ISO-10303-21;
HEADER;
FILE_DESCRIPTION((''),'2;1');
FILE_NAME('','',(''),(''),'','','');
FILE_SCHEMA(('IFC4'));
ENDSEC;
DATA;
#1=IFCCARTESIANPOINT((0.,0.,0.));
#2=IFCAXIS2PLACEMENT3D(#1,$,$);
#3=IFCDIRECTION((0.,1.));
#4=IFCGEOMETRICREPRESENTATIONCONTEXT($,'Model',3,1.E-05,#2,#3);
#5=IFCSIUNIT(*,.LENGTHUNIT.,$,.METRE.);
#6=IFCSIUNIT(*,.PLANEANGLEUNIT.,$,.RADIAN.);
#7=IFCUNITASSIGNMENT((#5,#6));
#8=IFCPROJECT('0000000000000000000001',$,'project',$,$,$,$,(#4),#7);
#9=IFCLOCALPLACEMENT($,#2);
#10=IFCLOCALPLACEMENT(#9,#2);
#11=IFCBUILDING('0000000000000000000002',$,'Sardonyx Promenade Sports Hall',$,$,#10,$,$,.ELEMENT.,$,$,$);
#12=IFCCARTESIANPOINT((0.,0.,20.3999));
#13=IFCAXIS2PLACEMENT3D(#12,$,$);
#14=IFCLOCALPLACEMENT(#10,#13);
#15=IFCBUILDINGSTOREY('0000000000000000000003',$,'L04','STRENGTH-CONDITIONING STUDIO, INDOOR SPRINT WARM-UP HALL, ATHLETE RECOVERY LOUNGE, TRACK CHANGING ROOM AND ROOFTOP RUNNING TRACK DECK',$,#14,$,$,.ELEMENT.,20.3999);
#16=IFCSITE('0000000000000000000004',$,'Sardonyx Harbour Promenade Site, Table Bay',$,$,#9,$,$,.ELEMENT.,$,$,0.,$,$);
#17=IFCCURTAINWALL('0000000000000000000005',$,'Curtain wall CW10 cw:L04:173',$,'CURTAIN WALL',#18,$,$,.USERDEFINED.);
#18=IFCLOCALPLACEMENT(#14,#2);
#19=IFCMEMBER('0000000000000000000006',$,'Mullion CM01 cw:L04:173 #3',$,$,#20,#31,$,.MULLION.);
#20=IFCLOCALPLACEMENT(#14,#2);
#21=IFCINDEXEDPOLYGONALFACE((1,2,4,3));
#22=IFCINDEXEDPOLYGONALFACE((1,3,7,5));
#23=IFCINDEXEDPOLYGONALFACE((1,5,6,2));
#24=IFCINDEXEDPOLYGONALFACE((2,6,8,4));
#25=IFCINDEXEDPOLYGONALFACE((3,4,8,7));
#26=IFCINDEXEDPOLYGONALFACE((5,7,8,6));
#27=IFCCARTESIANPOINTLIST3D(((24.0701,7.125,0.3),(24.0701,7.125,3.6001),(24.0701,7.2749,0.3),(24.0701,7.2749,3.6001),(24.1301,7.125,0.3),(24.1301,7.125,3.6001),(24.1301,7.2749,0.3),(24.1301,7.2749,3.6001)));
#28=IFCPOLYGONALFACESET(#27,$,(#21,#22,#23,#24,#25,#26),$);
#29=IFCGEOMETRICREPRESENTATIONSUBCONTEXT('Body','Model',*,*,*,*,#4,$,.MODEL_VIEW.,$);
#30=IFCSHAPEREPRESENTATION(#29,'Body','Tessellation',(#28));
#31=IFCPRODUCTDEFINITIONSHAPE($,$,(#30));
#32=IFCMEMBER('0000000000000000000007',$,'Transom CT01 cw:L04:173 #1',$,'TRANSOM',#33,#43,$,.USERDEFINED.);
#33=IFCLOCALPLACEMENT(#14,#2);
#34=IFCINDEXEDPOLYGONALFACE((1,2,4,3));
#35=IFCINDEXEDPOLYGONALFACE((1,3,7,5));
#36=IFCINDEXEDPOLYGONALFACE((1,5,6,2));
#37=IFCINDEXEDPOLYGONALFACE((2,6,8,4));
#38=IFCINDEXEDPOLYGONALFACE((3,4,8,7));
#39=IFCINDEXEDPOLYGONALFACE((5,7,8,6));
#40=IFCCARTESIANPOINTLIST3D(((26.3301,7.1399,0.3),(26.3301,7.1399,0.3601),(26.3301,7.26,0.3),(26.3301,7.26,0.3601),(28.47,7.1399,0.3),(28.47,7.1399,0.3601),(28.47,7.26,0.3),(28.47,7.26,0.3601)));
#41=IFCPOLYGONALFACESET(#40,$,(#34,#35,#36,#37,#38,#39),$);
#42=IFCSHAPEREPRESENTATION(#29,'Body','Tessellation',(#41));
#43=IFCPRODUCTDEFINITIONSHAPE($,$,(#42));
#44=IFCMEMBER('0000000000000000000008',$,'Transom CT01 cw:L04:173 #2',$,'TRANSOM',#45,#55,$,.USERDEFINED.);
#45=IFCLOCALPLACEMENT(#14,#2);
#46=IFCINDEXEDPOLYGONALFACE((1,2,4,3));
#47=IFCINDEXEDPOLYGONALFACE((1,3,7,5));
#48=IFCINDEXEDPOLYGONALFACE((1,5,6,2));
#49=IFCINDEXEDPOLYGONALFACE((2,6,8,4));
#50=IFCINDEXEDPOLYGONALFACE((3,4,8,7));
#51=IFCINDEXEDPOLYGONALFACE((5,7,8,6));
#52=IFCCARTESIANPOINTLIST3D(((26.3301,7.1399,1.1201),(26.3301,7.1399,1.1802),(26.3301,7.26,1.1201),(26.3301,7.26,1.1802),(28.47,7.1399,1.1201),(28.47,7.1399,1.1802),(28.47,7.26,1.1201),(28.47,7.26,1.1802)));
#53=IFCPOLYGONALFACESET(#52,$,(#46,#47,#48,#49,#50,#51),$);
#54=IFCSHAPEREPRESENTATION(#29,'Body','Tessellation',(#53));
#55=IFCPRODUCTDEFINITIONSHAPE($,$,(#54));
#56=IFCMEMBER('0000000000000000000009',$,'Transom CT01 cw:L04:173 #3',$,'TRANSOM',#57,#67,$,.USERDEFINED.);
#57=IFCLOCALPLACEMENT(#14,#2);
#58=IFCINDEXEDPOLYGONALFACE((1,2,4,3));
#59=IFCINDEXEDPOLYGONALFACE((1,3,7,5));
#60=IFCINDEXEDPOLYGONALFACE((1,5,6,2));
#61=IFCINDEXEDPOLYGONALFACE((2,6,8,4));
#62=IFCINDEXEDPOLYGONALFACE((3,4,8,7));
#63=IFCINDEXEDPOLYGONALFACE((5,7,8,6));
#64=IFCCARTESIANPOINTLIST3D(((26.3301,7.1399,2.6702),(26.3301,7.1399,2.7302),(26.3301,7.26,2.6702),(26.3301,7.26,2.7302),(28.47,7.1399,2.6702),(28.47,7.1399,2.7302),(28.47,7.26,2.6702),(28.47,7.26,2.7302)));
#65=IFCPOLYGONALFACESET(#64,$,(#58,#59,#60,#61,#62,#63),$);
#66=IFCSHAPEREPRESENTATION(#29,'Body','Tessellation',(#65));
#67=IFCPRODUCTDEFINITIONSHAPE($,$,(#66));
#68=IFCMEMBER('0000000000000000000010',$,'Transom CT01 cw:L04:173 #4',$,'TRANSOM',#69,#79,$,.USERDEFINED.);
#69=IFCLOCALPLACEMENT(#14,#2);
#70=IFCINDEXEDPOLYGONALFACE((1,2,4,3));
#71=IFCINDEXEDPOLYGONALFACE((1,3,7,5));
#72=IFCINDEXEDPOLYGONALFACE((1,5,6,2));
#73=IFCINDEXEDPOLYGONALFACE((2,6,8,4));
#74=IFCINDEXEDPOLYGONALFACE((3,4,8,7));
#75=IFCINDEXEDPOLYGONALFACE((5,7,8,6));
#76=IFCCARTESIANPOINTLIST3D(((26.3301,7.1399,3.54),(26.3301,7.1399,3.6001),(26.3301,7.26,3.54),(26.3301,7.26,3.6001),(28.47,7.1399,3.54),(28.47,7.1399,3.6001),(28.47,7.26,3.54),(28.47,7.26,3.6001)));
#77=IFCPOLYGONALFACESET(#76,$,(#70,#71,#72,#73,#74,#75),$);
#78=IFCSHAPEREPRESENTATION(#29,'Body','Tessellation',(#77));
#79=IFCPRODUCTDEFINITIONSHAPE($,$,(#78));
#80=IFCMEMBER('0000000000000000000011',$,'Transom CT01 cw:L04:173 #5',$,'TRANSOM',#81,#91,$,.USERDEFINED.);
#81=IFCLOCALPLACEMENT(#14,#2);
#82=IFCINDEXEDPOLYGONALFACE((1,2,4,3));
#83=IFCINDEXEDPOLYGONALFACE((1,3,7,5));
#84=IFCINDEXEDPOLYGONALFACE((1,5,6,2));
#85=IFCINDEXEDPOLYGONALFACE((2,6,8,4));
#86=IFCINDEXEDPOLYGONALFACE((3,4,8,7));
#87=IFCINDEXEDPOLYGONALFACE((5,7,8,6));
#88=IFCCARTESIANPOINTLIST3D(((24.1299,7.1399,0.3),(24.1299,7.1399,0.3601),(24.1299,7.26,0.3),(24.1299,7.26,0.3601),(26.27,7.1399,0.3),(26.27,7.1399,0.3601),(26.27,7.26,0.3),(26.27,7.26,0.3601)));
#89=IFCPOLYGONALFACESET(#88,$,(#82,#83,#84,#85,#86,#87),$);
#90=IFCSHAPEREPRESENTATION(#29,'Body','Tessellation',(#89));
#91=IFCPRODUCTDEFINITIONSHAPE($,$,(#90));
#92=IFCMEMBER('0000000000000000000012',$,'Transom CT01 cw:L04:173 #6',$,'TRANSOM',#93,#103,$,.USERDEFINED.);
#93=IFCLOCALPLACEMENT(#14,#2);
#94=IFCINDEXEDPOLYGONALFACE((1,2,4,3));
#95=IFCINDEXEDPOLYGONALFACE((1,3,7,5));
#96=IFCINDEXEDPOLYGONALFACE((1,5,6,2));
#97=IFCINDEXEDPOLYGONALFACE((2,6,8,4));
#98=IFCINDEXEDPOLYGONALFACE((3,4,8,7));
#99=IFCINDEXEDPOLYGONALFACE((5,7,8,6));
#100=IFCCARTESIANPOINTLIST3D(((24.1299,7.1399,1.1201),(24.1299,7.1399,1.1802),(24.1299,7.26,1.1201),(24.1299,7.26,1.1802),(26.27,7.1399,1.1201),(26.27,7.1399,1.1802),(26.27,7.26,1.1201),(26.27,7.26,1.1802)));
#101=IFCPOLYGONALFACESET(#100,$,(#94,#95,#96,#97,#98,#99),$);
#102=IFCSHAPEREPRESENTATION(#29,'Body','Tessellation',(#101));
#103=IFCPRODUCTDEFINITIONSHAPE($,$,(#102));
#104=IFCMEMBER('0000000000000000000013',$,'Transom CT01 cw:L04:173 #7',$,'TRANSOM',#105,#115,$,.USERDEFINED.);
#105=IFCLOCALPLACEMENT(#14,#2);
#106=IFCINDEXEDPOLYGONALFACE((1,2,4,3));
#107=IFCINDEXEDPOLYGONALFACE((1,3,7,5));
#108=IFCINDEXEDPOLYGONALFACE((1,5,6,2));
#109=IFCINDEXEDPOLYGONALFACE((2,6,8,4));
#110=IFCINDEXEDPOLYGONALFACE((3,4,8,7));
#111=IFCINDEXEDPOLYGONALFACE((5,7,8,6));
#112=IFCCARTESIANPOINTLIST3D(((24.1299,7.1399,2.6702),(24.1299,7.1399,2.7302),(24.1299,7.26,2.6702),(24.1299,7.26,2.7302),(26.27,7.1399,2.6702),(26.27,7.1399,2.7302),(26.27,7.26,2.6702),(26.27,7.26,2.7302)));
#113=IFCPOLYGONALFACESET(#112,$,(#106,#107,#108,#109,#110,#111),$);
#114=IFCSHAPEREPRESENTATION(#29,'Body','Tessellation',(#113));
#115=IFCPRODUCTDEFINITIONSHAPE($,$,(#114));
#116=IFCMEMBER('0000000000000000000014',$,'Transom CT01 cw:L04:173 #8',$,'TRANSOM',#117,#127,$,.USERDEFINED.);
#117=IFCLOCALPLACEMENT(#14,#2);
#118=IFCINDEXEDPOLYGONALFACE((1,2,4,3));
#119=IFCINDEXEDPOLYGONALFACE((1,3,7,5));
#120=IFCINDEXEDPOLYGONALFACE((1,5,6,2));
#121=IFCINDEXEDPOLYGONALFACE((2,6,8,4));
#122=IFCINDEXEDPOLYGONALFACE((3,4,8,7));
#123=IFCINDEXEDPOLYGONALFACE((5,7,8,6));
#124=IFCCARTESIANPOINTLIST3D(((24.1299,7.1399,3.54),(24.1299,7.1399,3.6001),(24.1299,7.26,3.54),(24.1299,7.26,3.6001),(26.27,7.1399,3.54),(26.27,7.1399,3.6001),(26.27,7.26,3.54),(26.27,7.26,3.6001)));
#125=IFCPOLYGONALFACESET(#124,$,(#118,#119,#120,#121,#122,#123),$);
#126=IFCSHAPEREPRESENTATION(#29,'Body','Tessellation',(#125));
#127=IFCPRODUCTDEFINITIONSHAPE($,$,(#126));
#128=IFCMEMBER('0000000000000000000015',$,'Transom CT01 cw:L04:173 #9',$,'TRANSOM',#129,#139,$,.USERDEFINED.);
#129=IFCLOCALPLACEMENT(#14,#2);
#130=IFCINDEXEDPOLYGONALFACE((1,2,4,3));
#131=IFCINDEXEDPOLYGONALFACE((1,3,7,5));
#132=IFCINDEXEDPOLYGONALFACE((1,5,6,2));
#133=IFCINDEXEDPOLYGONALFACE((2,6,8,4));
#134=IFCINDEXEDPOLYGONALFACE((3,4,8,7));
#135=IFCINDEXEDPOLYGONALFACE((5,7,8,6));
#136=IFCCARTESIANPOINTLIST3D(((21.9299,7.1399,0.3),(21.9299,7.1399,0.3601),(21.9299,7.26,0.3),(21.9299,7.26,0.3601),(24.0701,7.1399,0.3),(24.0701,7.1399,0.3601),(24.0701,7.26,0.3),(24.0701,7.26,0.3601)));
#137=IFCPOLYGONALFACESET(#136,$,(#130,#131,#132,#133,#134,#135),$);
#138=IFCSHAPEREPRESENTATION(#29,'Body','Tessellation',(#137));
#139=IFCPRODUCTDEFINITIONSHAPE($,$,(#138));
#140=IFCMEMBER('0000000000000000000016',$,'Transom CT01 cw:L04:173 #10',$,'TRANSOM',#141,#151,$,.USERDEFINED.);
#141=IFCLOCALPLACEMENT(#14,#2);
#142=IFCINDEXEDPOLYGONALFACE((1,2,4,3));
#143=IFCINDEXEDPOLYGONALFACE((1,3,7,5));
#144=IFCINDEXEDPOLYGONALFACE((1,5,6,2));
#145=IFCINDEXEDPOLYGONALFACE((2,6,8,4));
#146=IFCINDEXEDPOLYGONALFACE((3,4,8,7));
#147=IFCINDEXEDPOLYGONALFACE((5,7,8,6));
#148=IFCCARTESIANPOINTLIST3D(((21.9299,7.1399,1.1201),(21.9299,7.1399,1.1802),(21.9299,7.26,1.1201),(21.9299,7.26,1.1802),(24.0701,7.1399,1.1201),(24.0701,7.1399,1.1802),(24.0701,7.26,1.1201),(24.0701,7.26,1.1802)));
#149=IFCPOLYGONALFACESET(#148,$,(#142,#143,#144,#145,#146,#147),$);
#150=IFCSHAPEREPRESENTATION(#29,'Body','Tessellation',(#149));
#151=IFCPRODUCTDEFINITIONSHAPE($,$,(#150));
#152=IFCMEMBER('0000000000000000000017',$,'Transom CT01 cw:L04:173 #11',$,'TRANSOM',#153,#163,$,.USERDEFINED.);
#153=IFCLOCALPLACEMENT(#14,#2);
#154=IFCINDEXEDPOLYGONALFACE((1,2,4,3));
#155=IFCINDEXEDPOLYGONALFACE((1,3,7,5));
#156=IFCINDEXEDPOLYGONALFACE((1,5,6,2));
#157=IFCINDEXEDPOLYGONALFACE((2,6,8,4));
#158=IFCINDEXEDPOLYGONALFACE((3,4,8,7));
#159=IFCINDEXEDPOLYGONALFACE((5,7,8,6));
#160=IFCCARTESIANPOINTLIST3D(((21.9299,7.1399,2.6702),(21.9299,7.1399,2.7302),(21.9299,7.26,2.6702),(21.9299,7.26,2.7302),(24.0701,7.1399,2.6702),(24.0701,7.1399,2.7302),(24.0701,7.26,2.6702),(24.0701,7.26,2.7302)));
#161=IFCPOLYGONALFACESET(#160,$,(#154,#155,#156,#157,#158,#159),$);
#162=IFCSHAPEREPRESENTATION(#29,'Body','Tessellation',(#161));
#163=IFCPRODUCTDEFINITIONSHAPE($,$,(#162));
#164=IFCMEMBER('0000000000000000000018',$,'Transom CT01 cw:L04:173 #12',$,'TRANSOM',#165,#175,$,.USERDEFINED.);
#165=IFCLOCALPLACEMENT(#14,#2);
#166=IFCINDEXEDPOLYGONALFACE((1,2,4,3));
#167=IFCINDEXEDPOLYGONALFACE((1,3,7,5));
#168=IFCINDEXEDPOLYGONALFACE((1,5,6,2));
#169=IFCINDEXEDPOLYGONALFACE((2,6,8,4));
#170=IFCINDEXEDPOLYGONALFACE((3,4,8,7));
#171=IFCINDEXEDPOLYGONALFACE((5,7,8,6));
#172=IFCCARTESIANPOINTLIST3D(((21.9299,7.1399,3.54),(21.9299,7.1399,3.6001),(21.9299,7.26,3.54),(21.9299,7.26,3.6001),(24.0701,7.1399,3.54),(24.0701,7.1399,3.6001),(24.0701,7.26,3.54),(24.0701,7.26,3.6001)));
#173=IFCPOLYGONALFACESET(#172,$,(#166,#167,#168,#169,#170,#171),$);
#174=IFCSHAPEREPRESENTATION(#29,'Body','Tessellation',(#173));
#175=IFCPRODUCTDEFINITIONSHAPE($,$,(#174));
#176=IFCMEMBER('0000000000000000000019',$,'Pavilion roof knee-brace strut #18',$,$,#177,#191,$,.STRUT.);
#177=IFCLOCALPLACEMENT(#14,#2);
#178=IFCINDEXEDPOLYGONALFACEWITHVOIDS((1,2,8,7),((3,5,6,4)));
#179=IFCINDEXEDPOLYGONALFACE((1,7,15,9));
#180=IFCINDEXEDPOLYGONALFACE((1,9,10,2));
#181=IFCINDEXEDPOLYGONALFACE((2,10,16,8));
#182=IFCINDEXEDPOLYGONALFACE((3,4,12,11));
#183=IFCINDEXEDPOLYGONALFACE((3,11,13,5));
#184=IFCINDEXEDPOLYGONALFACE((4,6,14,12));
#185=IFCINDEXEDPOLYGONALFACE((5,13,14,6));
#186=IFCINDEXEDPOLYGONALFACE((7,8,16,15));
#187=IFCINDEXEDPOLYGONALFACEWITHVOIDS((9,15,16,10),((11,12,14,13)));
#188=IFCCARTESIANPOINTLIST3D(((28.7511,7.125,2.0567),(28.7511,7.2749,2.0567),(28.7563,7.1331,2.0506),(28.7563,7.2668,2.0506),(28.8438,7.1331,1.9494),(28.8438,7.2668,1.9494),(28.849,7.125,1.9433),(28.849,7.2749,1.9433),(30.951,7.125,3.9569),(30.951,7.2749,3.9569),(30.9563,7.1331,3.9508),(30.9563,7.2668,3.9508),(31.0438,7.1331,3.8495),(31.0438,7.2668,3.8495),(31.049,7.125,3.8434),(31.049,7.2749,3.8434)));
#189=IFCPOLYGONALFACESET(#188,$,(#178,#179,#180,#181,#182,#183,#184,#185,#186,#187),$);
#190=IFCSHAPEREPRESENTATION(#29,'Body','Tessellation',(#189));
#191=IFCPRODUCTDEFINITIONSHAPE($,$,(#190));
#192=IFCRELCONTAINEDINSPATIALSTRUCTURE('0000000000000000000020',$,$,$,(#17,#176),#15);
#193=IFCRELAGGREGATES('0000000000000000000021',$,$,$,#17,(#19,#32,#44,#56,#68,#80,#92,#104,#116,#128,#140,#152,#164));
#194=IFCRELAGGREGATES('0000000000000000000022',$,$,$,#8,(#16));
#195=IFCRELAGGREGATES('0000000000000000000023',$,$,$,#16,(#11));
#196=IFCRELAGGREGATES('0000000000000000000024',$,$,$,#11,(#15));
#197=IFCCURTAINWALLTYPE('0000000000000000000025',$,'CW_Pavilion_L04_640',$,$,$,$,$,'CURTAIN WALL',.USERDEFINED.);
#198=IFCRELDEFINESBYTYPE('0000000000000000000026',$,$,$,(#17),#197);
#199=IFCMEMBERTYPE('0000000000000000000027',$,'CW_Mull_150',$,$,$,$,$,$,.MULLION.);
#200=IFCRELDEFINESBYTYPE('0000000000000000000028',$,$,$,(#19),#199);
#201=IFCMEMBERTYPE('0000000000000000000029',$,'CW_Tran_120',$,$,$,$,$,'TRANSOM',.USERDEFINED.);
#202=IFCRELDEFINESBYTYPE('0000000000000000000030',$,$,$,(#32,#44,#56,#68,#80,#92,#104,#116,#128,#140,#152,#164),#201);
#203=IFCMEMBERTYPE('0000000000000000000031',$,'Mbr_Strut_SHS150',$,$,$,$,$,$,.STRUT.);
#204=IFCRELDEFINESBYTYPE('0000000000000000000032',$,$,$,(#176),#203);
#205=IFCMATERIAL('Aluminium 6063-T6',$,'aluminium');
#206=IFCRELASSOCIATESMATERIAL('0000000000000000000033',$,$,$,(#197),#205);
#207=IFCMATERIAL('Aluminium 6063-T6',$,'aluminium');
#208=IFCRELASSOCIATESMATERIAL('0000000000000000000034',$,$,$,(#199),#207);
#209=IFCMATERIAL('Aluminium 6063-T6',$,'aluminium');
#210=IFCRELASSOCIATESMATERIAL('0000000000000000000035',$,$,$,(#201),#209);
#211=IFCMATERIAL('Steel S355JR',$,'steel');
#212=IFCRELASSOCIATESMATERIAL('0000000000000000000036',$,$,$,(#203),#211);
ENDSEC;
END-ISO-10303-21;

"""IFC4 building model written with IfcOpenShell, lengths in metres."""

from ifc_helpers import new_model, si_unit, direction, frame, origin, origin_2d, place, context, subcontext, project, spatial, rectangle, hollow_rectangle, extrude, material, material_profile, profile_set, type_object, element, aggregate, save


model = new_model("IFC4")

# Units and contexts
model_context = context("Model", 3, precision=1e-05, world=origin(), true_north=direction((0.0, 1.0)))
body_context = subcontext(model_context, "Body", "Model", "MODEL_VIEW")
ifc_project = project(units=[si_unit("LENGTHUNIT", "METRE"), si_unit("PLANEANGLEUNIT", "RADIAN")], contexts=[model_context])

# Site, building, storey
site_placement = place(None, origin())
site = spatial("IfcSite", under=ifc_project, at=site_placement, Name="Sardonyx Harbour Promenade Site, Table Bay", CompositionType="ELEMENT", RefElevation=0.0)
building_placement = place(site_placement, origin())
building = spatial("IfcBuilding", under=site, at=building_placement, Name="Sardonyx Promenade Sports Hall", CompositionType="ELEMENT")
storey_placement = place(building_placement, frame((0.0, 0.0, 20.3999)))
storey = spatial("IfcBuildingStorey", under=building, at=storey_placement, Name="L04", Description="STRENGTH-CONDITIONING STUDIO, INDOOR SPRINT WARM-UP HALL, ATHLETE RECOVERY LOUNGE, TRACK CHANGING ROOM AND ROOFTOP RUNNING TRACK DECK", CompositionType="ELEMENT", Elevation=20.3999)

# Curtain wall, members
ifc_material_1 = material(Name="Aluminium 6063-T6", Category="aluminium")
curtain_wall_type = type_object("IfcCurtainWallType", Name="CW_Pavilion_L04_640", ElementType="CURTAIN WALL", PredefinedType="USERDEFINED", material=ifc_material_1)
curtain_wall_placement = place(storey_placement, origin())
curtain_wall = element("IfcCurtainWall", 1, at=curtain_wall_placement, inside=storey, type_object=curtain_wall_type, Name="Curtain wall CW10 cw:L04:173", ObjectType="CURTAIN WALL", PredefinedType="USERDEFINED")
ifc_material_2 = material(Name="Aluminium 6063-T6", Category="aluminium")
ifc_material_profile_1 = material_profile(ifc_material_2, rectangle(XDim=0.0601, YDim=0.1499, at=origin_2d()))
ifc_profile_set_1 = profile_set([ifc_material_profile_1], Name="Aluminium 6063-T6")
member_type_1 = type_object("IfcMemberType", Name="CW_Mull_150", PredefinedType="MULLION", material=ifc_profile_set_1)
member_1_placement = place(storey_placement, frame((24.1001, 7.2, 0.3), z_axis=(0.0, 0.0, 1.0), x_axis=(-1.0, 0.0, 0.0)))
member_1 = element("IfcMember", 2, at=member_1_placement, type_object=member_type_1, Name="Mullion CM01 cw:L04:173 #3", PredefinedType="MULLION", context=body_context, shape_type="SweptSolid", body=[
    extrude(rectangle(XDim=0.0601, YDim=0.1499, at=origin_2d()), origin(), (0.0, 0.0, 1.0), 3.3),
])
ifc_material_3 = material(Name="Aluminium 6063-T6", Category="aluminium")
ifc_material_profile_2 = material_profile(ifc_material_3, rectangle(XDim=0.0601, YDim=0.1201, at=origin_2d()))
ifc_profile_set_2 = profile_set([ifc_material_profile_2], Name="Aluminium 6063-T6")
member_type_2 = type_object("IfcMemberType", Name="CW_Tran_120", ElementType="TRANSOM", PredefinedType="USERDEFINED", material=ifc_profile_set_2)
member_2_placement = place(storey_placement, frame((28.47, 7.2, 0.3301), z_axis=(-1.0, 0.0, 0.0), x_axis=(0.0, 0.0, 1.0)))
member_2 = element("IfcMember", 3, at=member_2_placement, type_object=member_type_2, Name="Transom CT01 cw:L04:173 #1", ObjectType="TRANSOM", PredefinedType="USERDEFINED", context=body_context, shape_type="SweptSolid", body=[
    extrude(rectangle(XDim=0.0601, YDim=0.1201, at=origin_2d()), origin(), (0.0, 0.0, 1.0), 2.1399),
])
member_3_placement = place(storey_placement, frame((28.47, 7.2, 1.1501), z_axis=(-1.0, 0.0, 0.0), x_axis=(0.0, 0.0, 1.0)))
member_3 = element("IfcMember", 4, at=member_3_placement, type_object=member_type_2, Name="Transom CT01 cw:L04:173 #2", ObjectType="TRANSOM", PredefinedType="USERDEFINED", context=body_context, shape_type="SweptSolid", body=[
    extrude(rectangle(XDim=0.0601, YDim=0.1201, at=origin_2d()), origin(), (0.0, 0.0, 1.0), 2.1399),
])
member_4_placement = place(storey_placement, frame((28.47, 7.2, 2.7002), z_axis=(-1.0, 0.0, 0.0), x_axis=(0.0, 0.0, 1.0)))
member_4 = element("IfcMember", 5, at=member_4_placement, type_object=member_type_2, Name="Transom CT01 cw:L04:173 #3", ObjectType="TRANSOM", PredefinedType="USERDEFINED", context=body_context, shape_type="SweptSolid", body=[
    extrude(rectangle(XDim=0.0601, YDim=0.1201, at=origin_2d()), origin(), (0.0, 0.0, 1.0), 2.1399),
])
member_5_placement = place(storey_placement, frame((28.47, 7.2, 3.5701), z_axis=(-1.0, 0.0, 0.0), x_axis=(0.0, 0.0, 1.0)))
member_5 = element("IfcMember", 6, at=member_5_placement, type_object=member_type_2, Name="Transom CT01 cw:L04:173 #4", ObjectType="TRANSOM", PredefinedType="USERDEFINED", context=body_context, shape_type="SweptSolid", body=[
    extrude(rectangle(XDim=0.0601, YDim=0.1201, at=origin_2d()), origin(), (0.0, 0.0, 1.0), 2.1399),
])
member_6_placement = place(storey_placement, frame((26.27, 7.2, 0.3301), z_axis=(-1.0, 0.0, 0.0), x_axis=(0.0, 0.0, 1.0)))
member_6 = element("IfcMember", 7, at=member_6_placement, type_object=member_type_2, Name="Transom CT01 cw:L04:173 #5", ObjectType="TRANSOM", PredefinedType="USERDEFINED", context=body_context, shape_type="SweptSolid", body=[
    extrude(rectangle(XDim=0.0601, YDim=0.1201, at=origin_2d()), origin(), (0.0, 0.0, 1.0), 2.1401),
])
member_7_placement = place(storey_placement, frame((26.27, 7.2, 1.1501), z_axis=(-1.0, 0.0, 0.0), x_axis=(0.0, 0.0, 1.0)))
member_7 = element("IfcMember", 8, at=member_7_placement, type_object=member_type_2, Name="Transom CT01 cw:L04:173 #6", ObjectType="TRANSOM", PredefinedType="USERDEFINED", context=body_context, shape_type="SweptSolid", body=[
    extrude(rectangle(XDim=0.0601, YDim=0.1201, at=origin_2d()), origin(), (0.0, 0.0, 1.0), 2.1401),
])
member_8_placement = place(storey_placement, frame((26.27, 7.2, 2.7002), z_axis=(-1.0, 0.0, 0.0), x_axis=(0.0, 0.0, 1.0)))
member_8 = element("IfcMember", 9, at=member_8_placement, type_object=member_type_2, Name="Transom CT01 cw:L04:173 #7", ObjectType="TRANSOM", PredefinedType="USERDEFINED", context=body_context, shape_type="SweptSolid", body=[
    extrude(rectangle(XDim=0.0601, YDim=0.1201, at=origin_2d()), origin(), (0.0, 0.0, 1.0), 2.1401),
])
member_9_placement = place(storey_placement, frame((26.27, 7.2, 3.5701), z_axis=(-1.0, 0.0, 0.0), x_axis=(0.0, 0.0, 1.0)))
member_9 = element("IfcMember", 10, at=member_9_placement, type_object=member_type_2, Name="Transom CT01 cw:L04:173 #8", ObjectType="TRANSOM", PredefinedType="USERDEFINED", context=body_context, shape_type="SweptSolid", body=[
    extrude(rectangle(XDim=0.0601, YDim=0.1201, at=origin_2d()), origin(), (0.0, 0.0, 1.0), 2.1401),
])
member_10_placement = place(storey_placement, frame((24.0701, 7.2, 0.3301), z_axis=(-1.0, 0.0, 0.0), x_axis=(0.0, 0.0, 1.0)))
member_10 = element("IfcMember", 11, at=member_10_placement, type_object=member_type_2, Name="Transom CT01 cw:L04:173 #9", ObjectType="TRANSOM", PredefinedType="USERDEFINED", context=body_context, shape_type="SweptSolid", body=[
    extrude(rectangle(XDim=0.0601, YDim=0.1201, at=origin_2d()), origin(), (0.0, 0.0, 1.0), 2.1401),
])
member_11_placement = place(storey_placement, frame((24.0701, 7.2, 1.1501), z_axis=(-1.0, 0.0, 0.0), x_axis=(0.0, 0.0, 1.0)))
member_11 = element("IfcMember", 12, at=member_11_placement, type_object=member_type_2, Name="Transom CT01 cw:L04:173 #10", ObjectType="TRANSOM", PredefinedType="USERDEFINED", context=body_context, shape_type="SweptSolid", body=[
    extrude(rectangle(XDim=0.0601, YDim=0.1201, at=origin_2d()), origin(), (0.0, 0.0, 1.0), 2.1401),
])
member_12_placement = place(storey_placement, frame((24.0701, 7.2, 2.7002), z_axis=(-1.0, 0.0, 0.0), x_axis=(0.0, 0.0, 1.0)))
member_12 = element("IfcMember", 13, at=member_12_placement, type_object=member_type_2, Name="Transom CT01 cw:L04:173 #11", ObjectType="TRANSOM", PredefinedType="USERDEFINED", context=body_context, shape_type="SweptSolid", body=[
    extrude(rectangle(XDim=0.0601, YDim=0.1201, at=origin_2d()), origin(), (0.0, 0.0, 1.0), 2.1401),
])
member_13_placement = place(storey_placement, frame((24.0701, 7.2, 3.5701), z_axis=(-1.0, 0.0, 0.0), x_axis=(0.0, 0.0, 1.0)))
member_13 = element("IfcMember", 14, at=member_13_placement, type_object=member_type_2, Name="Transom CT01 cw:L04:173 #12", ObjectType="TRANSOM", PredefinedType="USERDEFINED", context=body_context, shape_type="SweptSolid", body=[
    extrude(rectangle(XDim=0.0601, YDim=0.1201, at=origin_2d()), origin(), (0.0, 0.0, 1.0), 2.1401),
])

# Member
ifc_material_4 = material(Name="Steel S355JR", Category="steel")
ifc_material_profile_3 = material_profile(ifc_material_4, hollow_rectangle(XDim=0.1499, YDim=0.1499, WallThickness=0.0081, at=origin_2d()))
ifc_profile_set_3 = profile_set([ifc_material_profile_3], Name="Steel S355JR")
member_type_3 = type_object("IfcMemberType", Name="Mbr_Strut_SHS150", PredefinedType="STRUT", material=ifc_profile_set_3)
member_14_placement = place(storey_placement, frame((28.8, 7.2, 2.0), z_axis=(0.756791, 0.0, 0.653657), x_axis=(0.0, 1.0, 0.0)))
element("IfcMember", 15, at=member_14_placement, inside=storey, type_object=member_type_3, Name="Pavilion roof knee-brace strut #18", PredefinedType="STRUT", context=body_context, shape_type="SweptSolid", body=[
    extrude(hollow_rectangle(XDim=0.1499, YDim=0.1499, WallThickness=0.0081, at=origin_2d()), origin(), (0.0, 0.0, 1.0), 2.907),
])

aggregate(curtain_wall, [member_1, member_2, member_3, member_4, member_5, member_6, member_7, member_8, member_9, member_10, member_11, member_12, member_13])

save(model, "model.ifc")
